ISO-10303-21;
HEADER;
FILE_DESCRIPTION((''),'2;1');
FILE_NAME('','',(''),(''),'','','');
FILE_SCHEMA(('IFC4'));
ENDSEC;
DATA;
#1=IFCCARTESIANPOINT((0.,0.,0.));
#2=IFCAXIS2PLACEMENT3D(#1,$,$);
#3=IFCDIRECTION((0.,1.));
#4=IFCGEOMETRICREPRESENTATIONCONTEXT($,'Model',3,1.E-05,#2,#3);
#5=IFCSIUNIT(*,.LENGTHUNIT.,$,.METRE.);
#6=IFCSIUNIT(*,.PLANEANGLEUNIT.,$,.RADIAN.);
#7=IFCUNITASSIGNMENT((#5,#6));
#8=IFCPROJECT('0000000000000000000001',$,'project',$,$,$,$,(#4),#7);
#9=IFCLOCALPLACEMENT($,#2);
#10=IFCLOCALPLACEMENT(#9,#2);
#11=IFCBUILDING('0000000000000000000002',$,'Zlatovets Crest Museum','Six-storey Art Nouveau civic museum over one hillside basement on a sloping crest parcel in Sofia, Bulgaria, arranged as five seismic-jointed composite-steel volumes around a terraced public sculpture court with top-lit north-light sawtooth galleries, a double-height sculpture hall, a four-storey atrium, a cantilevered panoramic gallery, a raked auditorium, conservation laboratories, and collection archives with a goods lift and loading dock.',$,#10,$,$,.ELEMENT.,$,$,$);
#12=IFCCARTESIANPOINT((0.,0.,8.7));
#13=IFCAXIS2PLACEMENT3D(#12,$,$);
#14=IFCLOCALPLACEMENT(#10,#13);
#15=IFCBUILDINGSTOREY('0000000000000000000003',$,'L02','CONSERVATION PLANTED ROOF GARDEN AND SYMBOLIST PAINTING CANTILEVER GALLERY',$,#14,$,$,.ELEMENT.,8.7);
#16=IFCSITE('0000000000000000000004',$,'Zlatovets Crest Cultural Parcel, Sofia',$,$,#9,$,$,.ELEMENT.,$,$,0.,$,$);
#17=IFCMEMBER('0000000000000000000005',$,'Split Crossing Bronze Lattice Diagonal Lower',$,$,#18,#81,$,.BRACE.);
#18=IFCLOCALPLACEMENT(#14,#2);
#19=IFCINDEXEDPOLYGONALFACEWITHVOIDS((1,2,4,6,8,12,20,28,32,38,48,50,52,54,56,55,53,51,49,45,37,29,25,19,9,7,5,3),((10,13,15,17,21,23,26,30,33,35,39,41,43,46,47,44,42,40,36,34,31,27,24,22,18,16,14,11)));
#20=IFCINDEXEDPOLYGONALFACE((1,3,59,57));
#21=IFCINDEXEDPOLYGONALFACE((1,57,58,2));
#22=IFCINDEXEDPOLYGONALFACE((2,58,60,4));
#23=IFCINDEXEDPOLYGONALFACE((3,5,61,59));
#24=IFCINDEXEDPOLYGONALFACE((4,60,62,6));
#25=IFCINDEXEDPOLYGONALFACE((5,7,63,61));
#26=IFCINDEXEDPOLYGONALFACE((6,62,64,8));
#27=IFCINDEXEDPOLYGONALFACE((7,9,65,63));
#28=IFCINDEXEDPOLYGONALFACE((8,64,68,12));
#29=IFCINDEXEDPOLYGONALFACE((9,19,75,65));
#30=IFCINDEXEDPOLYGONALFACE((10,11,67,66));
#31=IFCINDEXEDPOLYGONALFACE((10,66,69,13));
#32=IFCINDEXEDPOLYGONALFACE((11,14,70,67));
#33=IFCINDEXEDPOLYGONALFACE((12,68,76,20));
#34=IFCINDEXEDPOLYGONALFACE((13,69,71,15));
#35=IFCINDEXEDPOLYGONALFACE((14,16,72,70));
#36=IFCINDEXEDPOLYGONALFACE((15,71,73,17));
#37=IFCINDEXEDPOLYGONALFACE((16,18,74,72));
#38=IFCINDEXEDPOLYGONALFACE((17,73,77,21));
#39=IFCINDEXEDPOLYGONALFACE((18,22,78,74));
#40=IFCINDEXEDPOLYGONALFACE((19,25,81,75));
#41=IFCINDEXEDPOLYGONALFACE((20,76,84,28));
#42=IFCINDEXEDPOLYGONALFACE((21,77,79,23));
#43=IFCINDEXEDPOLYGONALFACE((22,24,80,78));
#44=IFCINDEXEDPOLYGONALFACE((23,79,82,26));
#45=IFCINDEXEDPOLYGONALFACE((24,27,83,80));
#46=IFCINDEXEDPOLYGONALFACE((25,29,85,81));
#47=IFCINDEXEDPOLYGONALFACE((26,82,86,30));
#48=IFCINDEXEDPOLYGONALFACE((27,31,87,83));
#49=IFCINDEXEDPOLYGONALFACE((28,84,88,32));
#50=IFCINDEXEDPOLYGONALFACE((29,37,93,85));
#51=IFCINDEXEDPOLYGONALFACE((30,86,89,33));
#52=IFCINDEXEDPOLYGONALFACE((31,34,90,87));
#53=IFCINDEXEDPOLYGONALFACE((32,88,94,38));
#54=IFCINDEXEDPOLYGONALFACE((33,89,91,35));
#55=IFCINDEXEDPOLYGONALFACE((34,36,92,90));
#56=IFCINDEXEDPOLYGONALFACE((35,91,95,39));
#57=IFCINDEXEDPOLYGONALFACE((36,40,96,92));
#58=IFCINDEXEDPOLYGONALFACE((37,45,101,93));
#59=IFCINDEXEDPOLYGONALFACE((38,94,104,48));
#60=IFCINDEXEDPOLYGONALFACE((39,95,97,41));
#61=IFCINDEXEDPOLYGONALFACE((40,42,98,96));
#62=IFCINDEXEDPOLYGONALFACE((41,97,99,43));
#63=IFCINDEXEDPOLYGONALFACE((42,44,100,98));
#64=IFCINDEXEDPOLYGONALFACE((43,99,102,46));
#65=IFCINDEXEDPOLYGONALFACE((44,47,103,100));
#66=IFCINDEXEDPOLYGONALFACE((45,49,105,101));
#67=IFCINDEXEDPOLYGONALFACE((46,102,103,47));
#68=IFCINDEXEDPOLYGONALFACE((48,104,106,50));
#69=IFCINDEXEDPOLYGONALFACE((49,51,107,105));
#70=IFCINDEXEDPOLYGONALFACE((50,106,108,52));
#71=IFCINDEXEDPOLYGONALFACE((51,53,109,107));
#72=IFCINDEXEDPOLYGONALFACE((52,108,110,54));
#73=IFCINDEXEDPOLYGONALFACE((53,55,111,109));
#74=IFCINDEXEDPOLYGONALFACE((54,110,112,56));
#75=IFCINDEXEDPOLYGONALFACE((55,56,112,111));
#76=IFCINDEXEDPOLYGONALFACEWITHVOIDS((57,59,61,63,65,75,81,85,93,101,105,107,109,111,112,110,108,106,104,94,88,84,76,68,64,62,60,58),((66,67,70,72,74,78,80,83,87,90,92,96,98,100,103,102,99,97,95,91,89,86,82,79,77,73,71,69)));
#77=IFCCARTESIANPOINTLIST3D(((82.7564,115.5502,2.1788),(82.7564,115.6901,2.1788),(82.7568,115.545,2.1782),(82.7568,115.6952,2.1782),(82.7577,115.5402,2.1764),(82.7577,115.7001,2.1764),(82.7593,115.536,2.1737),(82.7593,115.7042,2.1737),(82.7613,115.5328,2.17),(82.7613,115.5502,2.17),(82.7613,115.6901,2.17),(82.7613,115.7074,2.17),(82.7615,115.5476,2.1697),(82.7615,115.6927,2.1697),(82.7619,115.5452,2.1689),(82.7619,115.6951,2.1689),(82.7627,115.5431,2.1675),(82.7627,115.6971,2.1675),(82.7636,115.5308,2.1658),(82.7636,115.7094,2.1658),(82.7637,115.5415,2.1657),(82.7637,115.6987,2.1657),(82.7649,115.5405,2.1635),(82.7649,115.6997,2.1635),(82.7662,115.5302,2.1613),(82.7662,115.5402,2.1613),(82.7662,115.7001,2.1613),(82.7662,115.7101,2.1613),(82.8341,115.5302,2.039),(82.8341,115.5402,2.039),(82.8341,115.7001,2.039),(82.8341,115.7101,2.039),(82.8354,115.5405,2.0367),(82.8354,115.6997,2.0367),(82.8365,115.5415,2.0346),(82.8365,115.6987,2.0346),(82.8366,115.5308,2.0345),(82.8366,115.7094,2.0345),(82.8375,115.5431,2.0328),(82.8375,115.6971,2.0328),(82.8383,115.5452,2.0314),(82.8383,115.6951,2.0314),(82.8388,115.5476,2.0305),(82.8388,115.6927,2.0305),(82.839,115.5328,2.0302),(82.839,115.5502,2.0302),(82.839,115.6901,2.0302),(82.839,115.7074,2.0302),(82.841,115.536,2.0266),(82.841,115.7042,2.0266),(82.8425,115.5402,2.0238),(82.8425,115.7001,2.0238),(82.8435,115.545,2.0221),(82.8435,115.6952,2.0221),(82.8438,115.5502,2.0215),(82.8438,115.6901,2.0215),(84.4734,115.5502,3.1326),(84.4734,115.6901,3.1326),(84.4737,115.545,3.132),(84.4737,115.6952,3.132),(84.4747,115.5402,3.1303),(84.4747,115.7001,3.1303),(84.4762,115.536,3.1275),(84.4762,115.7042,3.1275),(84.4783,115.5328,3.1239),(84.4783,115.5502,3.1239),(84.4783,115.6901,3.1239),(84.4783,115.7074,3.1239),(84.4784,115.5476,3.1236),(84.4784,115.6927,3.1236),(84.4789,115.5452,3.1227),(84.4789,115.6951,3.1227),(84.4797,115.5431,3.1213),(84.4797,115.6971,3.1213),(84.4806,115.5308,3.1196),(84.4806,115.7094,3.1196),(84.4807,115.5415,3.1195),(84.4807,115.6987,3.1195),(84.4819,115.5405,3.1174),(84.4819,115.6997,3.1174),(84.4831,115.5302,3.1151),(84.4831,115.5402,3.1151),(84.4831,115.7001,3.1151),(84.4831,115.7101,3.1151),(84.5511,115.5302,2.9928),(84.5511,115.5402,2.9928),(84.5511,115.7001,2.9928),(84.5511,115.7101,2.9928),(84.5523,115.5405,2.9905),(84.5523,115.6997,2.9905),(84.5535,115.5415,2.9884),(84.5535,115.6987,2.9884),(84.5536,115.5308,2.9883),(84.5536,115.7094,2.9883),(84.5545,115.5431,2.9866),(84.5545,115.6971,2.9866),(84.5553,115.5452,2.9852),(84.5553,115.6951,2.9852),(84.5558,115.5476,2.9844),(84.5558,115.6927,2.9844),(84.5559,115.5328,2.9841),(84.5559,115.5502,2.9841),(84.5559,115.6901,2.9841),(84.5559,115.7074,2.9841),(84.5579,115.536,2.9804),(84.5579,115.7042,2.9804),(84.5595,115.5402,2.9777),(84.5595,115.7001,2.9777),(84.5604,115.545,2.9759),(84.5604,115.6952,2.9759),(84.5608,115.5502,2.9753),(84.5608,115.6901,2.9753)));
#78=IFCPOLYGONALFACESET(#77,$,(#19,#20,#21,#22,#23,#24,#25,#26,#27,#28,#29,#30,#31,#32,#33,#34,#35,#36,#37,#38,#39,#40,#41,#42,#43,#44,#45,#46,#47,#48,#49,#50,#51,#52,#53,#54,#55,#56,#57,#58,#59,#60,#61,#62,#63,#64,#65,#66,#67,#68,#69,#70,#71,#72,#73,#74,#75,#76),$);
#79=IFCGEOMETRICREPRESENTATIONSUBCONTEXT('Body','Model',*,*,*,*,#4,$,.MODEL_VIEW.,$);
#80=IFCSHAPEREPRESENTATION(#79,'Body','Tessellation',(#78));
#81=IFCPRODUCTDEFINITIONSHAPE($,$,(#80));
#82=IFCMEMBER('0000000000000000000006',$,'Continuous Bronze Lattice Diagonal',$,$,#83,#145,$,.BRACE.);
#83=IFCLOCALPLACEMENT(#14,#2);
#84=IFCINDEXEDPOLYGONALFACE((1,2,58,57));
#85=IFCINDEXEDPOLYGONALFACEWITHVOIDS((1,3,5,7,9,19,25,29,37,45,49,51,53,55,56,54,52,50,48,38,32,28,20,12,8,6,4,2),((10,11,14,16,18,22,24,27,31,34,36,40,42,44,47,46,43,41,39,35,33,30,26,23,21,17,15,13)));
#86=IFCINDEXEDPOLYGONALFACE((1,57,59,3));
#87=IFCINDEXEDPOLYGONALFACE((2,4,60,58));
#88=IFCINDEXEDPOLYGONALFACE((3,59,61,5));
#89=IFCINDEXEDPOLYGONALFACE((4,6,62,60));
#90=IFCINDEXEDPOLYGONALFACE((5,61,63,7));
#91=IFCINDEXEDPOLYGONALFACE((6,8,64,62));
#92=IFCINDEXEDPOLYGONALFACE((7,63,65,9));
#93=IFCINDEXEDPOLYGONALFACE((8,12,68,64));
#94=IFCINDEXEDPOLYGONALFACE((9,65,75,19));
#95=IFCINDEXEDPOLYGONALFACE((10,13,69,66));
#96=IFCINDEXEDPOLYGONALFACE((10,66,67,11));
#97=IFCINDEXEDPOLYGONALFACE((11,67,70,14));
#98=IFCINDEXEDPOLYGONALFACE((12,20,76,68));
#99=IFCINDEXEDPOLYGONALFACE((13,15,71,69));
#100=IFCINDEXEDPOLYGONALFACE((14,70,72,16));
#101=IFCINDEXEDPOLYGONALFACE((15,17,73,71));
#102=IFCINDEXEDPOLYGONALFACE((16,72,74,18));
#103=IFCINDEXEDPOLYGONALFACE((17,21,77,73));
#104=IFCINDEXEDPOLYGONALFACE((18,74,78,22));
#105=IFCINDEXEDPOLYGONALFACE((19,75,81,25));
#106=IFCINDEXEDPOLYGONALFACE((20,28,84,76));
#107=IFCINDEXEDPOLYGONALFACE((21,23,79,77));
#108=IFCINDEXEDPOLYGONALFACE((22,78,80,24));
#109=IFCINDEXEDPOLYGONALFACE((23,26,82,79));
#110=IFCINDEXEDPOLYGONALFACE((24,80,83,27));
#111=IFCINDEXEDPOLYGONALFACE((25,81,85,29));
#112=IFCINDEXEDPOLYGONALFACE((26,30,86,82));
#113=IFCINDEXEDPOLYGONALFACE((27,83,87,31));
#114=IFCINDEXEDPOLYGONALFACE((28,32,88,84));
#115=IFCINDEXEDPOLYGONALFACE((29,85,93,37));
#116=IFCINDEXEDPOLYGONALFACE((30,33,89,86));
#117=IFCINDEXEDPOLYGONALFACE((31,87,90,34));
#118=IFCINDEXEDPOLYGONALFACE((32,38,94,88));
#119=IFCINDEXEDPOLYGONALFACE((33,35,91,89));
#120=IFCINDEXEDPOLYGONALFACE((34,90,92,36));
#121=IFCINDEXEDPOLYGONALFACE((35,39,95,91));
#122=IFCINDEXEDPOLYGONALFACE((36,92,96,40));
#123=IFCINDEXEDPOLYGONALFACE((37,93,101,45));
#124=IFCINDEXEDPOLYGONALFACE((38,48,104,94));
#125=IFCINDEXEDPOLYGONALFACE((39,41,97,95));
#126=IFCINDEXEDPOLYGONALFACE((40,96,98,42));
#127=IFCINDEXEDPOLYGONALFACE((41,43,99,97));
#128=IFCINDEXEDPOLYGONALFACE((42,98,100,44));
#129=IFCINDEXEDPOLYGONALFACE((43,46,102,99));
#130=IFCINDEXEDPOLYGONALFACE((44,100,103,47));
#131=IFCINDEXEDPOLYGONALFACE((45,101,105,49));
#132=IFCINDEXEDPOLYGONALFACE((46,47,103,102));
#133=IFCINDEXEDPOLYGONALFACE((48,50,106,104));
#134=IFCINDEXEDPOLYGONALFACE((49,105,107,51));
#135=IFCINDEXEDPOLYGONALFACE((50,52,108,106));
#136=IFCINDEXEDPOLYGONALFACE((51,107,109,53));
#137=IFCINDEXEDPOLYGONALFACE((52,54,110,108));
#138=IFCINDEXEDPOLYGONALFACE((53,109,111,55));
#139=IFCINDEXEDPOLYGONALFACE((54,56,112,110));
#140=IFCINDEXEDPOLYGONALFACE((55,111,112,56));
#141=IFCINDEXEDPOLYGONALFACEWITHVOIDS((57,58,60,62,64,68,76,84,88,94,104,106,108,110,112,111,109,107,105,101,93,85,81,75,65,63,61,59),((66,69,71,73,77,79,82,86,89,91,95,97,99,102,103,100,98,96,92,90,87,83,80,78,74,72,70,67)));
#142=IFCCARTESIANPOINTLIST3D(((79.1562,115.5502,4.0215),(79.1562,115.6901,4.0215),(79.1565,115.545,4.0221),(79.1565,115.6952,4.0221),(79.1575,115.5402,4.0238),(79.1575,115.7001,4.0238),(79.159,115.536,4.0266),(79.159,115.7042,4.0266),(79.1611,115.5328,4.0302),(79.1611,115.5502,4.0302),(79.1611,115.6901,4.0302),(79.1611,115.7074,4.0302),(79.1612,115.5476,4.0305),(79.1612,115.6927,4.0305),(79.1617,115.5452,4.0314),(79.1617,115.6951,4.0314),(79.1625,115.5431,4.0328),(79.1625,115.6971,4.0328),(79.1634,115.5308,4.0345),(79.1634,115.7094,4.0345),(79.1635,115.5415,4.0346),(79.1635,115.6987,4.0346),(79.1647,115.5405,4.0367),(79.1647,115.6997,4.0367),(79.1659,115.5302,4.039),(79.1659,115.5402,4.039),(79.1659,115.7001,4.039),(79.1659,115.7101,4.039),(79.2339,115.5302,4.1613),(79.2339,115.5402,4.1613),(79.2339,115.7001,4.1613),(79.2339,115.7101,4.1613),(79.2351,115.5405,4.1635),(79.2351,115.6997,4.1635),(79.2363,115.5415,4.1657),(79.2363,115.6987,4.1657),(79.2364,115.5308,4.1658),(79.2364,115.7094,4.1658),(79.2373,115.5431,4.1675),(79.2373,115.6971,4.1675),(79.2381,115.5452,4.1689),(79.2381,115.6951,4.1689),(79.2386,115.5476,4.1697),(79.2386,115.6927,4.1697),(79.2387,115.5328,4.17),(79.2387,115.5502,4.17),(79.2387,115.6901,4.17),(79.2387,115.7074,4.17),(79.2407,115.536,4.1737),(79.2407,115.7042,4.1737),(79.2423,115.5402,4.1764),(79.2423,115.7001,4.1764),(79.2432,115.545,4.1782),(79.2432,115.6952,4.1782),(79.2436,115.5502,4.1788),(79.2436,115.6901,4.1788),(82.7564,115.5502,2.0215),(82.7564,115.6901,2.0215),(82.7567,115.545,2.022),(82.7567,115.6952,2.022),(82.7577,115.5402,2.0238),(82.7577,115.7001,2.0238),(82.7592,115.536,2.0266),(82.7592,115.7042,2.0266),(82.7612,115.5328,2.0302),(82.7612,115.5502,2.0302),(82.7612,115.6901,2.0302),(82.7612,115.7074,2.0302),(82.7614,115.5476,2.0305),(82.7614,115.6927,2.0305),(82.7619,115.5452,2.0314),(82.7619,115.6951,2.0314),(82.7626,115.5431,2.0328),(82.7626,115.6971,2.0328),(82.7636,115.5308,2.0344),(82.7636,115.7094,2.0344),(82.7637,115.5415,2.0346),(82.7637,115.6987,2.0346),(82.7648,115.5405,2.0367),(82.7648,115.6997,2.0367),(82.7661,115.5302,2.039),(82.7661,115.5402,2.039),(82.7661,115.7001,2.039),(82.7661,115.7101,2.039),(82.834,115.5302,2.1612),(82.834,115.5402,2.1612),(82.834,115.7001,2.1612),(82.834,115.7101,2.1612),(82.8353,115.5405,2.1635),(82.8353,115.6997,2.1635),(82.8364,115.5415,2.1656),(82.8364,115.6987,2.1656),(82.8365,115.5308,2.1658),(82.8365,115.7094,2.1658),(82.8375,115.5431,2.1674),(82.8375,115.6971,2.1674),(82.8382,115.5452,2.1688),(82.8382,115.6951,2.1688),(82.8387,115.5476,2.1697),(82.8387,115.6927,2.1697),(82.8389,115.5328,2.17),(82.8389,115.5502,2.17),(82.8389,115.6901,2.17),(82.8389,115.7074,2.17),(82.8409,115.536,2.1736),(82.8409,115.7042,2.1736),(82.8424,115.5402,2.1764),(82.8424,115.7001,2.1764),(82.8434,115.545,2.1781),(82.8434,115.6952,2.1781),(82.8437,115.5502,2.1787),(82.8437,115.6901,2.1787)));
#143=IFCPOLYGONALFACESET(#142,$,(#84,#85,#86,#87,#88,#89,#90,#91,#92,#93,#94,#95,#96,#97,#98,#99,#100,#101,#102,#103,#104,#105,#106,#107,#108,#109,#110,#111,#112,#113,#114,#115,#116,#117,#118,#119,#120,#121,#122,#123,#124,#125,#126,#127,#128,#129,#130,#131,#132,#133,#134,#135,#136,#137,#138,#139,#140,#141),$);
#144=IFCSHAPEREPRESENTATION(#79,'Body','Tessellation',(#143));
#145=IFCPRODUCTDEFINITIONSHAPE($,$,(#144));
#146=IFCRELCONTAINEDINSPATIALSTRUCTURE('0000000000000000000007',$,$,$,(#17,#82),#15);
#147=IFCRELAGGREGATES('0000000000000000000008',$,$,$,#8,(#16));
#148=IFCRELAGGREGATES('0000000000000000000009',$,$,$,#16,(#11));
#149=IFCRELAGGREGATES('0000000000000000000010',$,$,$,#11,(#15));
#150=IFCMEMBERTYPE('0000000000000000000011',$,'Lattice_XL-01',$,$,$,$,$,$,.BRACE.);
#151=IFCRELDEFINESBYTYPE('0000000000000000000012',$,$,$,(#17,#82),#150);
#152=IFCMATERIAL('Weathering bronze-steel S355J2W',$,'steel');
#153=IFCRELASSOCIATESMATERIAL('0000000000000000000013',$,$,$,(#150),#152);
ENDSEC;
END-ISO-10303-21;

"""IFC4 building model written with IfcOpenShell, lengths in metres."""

from ifc_helpers import new_model, si_unit, direction, frame, origin, origin_2d, place, context, subcontext, project, spatial, hollow_rectangle, extrude, material, material_profile, profile_set, type_object, element, save


model = new_model("IFC4")

# Units and contexts
model_context = context("Model", 3, precision=1e-05, world=origin(), true_north=direction((0.0, 1.0)))
body_context = subcontext(model_context, "Body", "Model", "MODEL_VIEW")
ifc_project = project(units=[si_unit("LENGTHUNIT", "METRE"), si_unit("PLANEANGLEUNIT", "RADIAN")], contexts=[model_context])

# Site, building, storey
site_placement = place(None, origin())
site = spatial("IfcSite", under=ifc_project, at=site_placement, Name="Zlatovets Crest Cultural Parcel, Sofia", CompositionType="ELEMENT", RefElevation=0.0)
building_placement = place(site_placement, origin())
building = spatial("IfcBuilding", under=site, at=building_placement, Name="Zlatovets Crest Museum", Description="Six-storey Art Nouveau civic museum over one hillside basement on a sloping crest parcel in Sofia, Bulgaria, arranged as five seismic-jointed composite-steel volumes around a terraced public sculpture court with top-lit north-light sawtooth galleries, a double-height sculpture hall, a four-storey atrium, a cantilevered panoramic gallery, a raked auditorium, conservation laboratories, and collection archives with a goods lift and loading dock.", CompositionType="ELEMENT")
storey_placement = place(building_placement, frame((0.0, 0.0, 8.7)))
storey = spatial("IfcBuildingStorey", under=building, at=storey_placement, Name="L02", Description="CONSERVATION PLANTED ROOF GARDEN AND SYMBOLIST PAINTING CANTILEVER GALLERY", CompositionType="ELEMENT", Elevation=8.7)

# Members
ifc_material_1 = material(Name="Weathering bronze-steel S355J2W", Category="steel")
ifc_material_profile_1 = material_profile(ifc_material_1, hollow_rectangle(XDim=0.1799, YDim=0.1799, WallThickness=0.01, InnerFilletRadius=0.01, OuterFilletRadius=0.02, at=origin_2d()), Name="SHS 180x180x10.0")
ifc_profile_set_1 = profile_set([ifc_material_profile_1], Name="Weathering bronze-steel S355J2W")
member_type_1 = type_object("IfcMemberType", Name="Lattice_XL-01", PredefinedType="BRACE", material=ifc_profile_set_1)
member_1_placement = place(storey_placement, frame((84.5171, 115.6201, 3.054), z_axis=(-0.874169, 0.0, -0.485622), x_axis=(0.0, -1.0, 0.0)))
element("IfcMember", 1, at=member_1_placement, inside=storey, type_object=member_type_1, Name="Split Crossing Bronze Lattice Diagonal Lower", PredefinedType="BRACE", context=body_context, shape_type="SweptSolid", body=[
    extrude(hollow_rectangle(XDim=0.1799, YDim=0.1799, WallThickness=0.01, InnerFilletRadius=0.01, OuterFilletRadius=0.02, at=origin_2d()), origin(), (0.0, 0.0, 1.0), 1.9641),
])
member_2_placement = place(storey_placement, frame((82.8, 115.6201, 2.1001), z_axis=(-0.874163, 0.0, 0.485633), x_axis=(0.0, -1.0, 0.0)))
element("IfcMember", 2, at=member_2_placement, inside=storey, type_object=member_type_1, Name="Continuous Bronze Lattice Diagonal", PredefinedType="BRACE", context=body_context, shape_type="SweptSolid", body=[
    extrude(hollow_rectangle(XDim=0.1799, YDim=0.1799, WallThickness=0.01, InnerFilletRadius=0.01, OuterFilletRadius=0.02, at=origin_2d()), origin(), (0.0, 0.0, 1.0), 4.1184),
])

save(model, "model.ifc")
